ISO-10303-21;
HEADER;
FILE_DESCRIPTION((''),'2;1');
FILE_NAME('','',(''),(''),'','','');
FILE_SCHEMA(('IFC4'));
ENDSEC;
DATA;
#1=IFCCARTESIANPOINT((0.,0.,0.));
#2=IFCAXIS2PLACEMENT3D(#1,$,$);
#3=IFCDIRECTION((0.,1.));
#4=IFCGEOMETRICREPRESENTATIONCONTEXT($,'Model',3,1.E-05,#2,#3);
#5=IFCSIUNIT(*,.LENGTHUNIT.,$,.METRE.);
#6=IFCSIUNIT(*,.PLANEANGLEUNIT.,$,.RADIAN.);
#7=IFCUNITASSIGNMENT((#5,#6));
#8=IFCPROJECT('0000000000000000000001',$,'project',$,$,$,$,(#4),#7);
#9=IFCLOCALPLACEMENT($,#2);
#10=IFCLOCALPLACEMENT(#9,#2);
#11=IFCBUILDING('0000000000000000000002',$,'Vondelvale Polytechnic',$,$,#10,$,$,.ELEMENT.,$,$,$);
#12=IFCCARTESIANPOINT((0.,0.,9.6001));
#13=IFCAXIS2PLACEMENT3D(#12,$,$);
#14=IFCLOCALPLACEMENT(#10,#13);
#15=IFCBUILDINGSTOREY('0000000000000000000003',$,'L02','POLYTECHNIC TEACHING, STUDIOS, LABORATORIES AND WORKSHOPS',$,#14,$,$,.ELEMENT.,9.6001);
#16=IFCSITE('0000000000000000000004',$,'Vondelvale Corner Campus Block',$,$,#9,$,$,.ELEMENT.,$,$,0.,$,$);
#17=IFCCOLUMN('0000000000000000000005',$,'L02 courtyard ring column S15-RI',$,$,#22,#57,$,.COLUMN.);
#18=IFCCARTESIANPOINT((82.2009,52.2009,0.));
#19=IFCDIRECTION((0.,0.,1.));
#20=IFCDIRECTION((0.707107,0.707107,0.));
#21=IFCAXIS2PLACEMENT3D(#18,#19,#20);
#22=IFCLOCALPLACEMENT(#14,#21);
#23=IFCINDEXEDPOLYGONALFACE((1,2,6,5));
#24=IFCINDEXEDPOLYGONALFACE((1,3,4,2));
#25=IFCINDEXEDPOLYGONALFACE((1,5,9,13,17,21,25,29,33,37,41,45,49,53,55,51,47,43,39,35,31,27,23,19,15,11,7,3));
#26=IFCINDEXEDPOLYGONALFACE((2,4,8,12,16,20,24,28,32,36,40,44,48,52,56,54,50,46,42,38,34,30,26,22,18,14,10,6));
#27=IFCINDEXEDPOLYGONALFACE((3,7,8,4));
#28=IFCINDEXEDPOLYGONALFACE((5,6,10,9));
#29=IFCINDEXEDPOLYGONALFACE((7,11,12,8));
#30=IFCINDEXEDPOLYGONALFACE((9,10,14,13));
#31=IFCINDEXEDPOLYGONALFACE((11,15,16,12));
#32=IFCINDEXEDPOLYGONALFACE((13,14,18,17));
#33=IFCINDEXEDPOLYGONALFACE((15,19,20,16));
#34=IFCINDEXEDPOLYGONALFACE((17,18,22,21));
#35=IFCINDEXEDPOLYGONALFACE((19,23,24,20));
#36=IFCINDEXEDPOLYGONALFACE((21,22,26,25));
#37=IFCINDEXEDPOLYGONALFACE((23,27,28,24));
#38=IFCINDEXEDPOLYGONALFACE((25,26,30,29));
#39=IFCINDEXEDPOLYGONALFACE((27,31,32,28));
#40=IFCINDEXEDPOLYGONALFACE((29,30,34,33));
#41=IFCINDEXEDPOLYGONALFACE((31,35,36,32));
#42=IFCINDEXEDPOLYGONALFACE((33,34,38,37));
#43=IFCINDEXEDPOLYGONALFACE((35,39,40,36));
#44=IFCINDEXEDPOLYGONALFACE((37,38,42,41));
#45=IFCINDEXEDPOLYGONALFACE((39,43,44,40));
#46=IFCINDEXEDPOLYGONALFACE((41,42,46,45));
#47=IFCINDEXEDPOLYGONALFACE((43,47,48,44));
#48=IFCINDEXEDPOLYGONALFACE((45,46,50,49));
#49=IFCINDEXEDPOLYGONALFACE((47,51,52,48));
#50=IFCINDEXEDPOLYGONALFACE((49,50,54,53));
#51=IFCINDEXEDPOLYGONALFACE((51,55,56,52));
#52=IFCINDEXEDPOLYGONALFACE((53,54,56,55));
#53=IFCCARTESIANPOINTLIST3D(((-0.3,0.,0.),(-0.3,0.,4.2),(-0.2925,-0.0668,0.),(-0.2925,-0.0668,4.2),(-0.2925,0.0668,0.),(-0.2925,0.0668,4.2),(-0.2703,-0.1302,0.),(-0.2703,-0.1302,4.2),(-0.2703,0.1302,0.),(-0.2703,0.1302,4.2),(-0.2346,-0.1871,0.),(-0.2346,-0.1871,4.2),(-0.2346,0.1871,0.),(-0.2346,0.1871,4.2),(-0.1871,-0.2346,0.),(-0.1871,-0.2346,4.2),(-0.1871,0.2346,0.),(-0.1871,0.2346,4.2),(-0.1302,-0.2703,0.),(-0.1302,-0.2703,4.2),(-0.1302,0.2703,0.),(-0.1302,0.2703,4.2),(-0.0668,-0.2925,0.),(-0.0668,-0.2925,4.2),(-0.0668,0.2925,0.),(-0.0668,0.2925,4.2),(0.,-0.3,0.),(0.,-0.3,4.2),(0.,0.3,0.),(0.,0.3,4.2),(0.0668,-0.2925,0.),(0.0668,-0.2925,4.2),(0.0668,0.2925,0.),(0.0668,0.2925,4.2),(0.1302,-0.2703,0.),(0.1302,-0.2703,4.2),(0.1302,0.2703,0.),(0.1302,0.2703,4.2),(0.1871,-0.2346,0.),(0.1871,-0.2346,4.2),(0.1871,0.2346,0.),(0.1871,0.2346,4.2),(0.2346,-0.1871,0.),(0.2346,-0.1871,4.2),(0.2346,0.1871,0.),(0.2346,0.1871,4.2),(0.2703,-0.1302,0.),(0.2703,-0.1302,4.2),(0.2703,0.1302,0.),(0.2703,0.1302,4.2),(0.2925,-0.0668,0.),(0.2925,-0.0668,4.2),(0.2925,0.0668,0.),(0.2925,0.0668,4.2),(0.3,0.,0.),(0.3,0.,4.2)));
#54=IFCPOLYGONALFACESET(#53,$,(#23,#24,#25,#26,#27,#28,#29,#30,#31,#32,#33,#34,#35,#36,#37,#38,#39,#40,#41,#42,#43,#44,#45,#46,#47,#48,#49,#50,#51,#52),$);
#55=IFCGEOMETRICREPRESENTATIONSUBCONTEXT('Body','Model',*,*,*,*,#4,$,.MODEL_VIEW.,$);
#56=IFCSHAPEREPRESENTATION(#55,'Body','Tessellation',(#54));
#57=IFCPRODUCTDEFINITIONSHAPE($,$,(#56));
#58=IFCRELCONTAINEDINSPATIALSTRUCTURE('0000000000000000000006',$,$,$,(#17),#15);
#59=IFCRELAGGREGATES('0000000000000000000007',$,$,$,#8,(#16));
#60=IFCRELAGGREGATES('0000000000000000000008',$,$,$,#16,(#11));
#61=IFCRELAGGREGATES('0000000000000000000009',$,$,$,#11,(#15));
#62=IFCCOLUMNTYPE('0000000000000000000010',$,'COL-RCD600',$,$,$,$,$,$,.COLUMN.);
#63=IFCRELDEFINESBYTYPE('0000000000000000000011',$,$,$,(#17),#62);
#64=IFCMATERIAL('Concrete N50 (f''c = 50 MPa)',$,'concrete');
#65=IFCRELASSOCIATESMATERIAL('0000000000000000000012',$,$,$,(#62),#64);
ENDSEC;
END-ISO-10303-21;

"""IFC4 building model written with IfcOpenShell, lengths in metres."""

from ifc_helpers import new_model, si_unit, direction, frame, origin, origin_2d, place, context, subcontext, project, spatial, circle, extrude, material, material_profile, profile_set, type_object, element, save


model = new_model("IFC4")

# Units and contexts
model_context = context("Model", 3, precision=1e-05, world=origin(), true_north=direction((0.0, 1.0)))
body_context = subcontext(model_context, "Body", "Model", "MODEL_VIEW")
ifc_project = project(units=[si_unit("LENGTHUNIT", "METRE"), si_unit("PLANEANGLEUNIT", "RADIAN")], contexts=[model_context])

# Site, building, storey
site_placement = place(None, origin())
site = spatial("IfcSite", under=ifc_project, at=site_placement, Name="Vondelvale Corner Campus Block", CompositionType="ELEMENT", RefElevation=0.0)
building_placement = place(site_placement, origin())
building = spatial("IfcBuilding", under=site, at=building_placement, Name="Vondelvale Polytechnic", CompositionType="ELEMENT")
storey_placement = place(building_placement, frame((0.0, 0.0, 9.6001)))
storey = spatial("IfcBuildingStorey", under=building, at=storey_placement, Name="L02", Description="POLYTECHNIC TEACHING, STUDIOS, LABORATORIES AND WORKSHOPS", CompositionType="ELEMENT", Elevation=9.6001)

# Column
ifc_material_1 = material(Name="Concrete N50 (f'c = 50 MPa)", Category="concrete")
ifc_material_profile_1 = material_profile(ifc_material_1, circle(Radius=0.3, at=origin_2d()), Name="RC-COL-D600")
ifc_profile_set_1 = profile_set([ifc_material_profile_1], Name="Concrete N50 (f'c = 50 MPa)")
column_type = type_object("IfcColumnType", Name="COL-RCD600", PredefinedType="COLUMN", material=ifc_profile_set_1)
column_placement = place(storey_placement, frame((82.2009, 52.2009, 0.0), z_axis=(0.0, 0.0, 1.0), x_axis=(0.707107, 0.707107, 0.0)))
element("IfcColumn", 1, at=column_placement, inside=storey, type_object=column_type, Name="L02 courtyard ring column S15-RI", PredefinedType="COLUMN", context=body_context, shape_type="SweptSolid", body=[
    extrude(circle(Radius=0.3, at=origin_2d()), origin(), (0.0, 0.0, 1.0), 4.2),
])

save(model, "model.ifc")
